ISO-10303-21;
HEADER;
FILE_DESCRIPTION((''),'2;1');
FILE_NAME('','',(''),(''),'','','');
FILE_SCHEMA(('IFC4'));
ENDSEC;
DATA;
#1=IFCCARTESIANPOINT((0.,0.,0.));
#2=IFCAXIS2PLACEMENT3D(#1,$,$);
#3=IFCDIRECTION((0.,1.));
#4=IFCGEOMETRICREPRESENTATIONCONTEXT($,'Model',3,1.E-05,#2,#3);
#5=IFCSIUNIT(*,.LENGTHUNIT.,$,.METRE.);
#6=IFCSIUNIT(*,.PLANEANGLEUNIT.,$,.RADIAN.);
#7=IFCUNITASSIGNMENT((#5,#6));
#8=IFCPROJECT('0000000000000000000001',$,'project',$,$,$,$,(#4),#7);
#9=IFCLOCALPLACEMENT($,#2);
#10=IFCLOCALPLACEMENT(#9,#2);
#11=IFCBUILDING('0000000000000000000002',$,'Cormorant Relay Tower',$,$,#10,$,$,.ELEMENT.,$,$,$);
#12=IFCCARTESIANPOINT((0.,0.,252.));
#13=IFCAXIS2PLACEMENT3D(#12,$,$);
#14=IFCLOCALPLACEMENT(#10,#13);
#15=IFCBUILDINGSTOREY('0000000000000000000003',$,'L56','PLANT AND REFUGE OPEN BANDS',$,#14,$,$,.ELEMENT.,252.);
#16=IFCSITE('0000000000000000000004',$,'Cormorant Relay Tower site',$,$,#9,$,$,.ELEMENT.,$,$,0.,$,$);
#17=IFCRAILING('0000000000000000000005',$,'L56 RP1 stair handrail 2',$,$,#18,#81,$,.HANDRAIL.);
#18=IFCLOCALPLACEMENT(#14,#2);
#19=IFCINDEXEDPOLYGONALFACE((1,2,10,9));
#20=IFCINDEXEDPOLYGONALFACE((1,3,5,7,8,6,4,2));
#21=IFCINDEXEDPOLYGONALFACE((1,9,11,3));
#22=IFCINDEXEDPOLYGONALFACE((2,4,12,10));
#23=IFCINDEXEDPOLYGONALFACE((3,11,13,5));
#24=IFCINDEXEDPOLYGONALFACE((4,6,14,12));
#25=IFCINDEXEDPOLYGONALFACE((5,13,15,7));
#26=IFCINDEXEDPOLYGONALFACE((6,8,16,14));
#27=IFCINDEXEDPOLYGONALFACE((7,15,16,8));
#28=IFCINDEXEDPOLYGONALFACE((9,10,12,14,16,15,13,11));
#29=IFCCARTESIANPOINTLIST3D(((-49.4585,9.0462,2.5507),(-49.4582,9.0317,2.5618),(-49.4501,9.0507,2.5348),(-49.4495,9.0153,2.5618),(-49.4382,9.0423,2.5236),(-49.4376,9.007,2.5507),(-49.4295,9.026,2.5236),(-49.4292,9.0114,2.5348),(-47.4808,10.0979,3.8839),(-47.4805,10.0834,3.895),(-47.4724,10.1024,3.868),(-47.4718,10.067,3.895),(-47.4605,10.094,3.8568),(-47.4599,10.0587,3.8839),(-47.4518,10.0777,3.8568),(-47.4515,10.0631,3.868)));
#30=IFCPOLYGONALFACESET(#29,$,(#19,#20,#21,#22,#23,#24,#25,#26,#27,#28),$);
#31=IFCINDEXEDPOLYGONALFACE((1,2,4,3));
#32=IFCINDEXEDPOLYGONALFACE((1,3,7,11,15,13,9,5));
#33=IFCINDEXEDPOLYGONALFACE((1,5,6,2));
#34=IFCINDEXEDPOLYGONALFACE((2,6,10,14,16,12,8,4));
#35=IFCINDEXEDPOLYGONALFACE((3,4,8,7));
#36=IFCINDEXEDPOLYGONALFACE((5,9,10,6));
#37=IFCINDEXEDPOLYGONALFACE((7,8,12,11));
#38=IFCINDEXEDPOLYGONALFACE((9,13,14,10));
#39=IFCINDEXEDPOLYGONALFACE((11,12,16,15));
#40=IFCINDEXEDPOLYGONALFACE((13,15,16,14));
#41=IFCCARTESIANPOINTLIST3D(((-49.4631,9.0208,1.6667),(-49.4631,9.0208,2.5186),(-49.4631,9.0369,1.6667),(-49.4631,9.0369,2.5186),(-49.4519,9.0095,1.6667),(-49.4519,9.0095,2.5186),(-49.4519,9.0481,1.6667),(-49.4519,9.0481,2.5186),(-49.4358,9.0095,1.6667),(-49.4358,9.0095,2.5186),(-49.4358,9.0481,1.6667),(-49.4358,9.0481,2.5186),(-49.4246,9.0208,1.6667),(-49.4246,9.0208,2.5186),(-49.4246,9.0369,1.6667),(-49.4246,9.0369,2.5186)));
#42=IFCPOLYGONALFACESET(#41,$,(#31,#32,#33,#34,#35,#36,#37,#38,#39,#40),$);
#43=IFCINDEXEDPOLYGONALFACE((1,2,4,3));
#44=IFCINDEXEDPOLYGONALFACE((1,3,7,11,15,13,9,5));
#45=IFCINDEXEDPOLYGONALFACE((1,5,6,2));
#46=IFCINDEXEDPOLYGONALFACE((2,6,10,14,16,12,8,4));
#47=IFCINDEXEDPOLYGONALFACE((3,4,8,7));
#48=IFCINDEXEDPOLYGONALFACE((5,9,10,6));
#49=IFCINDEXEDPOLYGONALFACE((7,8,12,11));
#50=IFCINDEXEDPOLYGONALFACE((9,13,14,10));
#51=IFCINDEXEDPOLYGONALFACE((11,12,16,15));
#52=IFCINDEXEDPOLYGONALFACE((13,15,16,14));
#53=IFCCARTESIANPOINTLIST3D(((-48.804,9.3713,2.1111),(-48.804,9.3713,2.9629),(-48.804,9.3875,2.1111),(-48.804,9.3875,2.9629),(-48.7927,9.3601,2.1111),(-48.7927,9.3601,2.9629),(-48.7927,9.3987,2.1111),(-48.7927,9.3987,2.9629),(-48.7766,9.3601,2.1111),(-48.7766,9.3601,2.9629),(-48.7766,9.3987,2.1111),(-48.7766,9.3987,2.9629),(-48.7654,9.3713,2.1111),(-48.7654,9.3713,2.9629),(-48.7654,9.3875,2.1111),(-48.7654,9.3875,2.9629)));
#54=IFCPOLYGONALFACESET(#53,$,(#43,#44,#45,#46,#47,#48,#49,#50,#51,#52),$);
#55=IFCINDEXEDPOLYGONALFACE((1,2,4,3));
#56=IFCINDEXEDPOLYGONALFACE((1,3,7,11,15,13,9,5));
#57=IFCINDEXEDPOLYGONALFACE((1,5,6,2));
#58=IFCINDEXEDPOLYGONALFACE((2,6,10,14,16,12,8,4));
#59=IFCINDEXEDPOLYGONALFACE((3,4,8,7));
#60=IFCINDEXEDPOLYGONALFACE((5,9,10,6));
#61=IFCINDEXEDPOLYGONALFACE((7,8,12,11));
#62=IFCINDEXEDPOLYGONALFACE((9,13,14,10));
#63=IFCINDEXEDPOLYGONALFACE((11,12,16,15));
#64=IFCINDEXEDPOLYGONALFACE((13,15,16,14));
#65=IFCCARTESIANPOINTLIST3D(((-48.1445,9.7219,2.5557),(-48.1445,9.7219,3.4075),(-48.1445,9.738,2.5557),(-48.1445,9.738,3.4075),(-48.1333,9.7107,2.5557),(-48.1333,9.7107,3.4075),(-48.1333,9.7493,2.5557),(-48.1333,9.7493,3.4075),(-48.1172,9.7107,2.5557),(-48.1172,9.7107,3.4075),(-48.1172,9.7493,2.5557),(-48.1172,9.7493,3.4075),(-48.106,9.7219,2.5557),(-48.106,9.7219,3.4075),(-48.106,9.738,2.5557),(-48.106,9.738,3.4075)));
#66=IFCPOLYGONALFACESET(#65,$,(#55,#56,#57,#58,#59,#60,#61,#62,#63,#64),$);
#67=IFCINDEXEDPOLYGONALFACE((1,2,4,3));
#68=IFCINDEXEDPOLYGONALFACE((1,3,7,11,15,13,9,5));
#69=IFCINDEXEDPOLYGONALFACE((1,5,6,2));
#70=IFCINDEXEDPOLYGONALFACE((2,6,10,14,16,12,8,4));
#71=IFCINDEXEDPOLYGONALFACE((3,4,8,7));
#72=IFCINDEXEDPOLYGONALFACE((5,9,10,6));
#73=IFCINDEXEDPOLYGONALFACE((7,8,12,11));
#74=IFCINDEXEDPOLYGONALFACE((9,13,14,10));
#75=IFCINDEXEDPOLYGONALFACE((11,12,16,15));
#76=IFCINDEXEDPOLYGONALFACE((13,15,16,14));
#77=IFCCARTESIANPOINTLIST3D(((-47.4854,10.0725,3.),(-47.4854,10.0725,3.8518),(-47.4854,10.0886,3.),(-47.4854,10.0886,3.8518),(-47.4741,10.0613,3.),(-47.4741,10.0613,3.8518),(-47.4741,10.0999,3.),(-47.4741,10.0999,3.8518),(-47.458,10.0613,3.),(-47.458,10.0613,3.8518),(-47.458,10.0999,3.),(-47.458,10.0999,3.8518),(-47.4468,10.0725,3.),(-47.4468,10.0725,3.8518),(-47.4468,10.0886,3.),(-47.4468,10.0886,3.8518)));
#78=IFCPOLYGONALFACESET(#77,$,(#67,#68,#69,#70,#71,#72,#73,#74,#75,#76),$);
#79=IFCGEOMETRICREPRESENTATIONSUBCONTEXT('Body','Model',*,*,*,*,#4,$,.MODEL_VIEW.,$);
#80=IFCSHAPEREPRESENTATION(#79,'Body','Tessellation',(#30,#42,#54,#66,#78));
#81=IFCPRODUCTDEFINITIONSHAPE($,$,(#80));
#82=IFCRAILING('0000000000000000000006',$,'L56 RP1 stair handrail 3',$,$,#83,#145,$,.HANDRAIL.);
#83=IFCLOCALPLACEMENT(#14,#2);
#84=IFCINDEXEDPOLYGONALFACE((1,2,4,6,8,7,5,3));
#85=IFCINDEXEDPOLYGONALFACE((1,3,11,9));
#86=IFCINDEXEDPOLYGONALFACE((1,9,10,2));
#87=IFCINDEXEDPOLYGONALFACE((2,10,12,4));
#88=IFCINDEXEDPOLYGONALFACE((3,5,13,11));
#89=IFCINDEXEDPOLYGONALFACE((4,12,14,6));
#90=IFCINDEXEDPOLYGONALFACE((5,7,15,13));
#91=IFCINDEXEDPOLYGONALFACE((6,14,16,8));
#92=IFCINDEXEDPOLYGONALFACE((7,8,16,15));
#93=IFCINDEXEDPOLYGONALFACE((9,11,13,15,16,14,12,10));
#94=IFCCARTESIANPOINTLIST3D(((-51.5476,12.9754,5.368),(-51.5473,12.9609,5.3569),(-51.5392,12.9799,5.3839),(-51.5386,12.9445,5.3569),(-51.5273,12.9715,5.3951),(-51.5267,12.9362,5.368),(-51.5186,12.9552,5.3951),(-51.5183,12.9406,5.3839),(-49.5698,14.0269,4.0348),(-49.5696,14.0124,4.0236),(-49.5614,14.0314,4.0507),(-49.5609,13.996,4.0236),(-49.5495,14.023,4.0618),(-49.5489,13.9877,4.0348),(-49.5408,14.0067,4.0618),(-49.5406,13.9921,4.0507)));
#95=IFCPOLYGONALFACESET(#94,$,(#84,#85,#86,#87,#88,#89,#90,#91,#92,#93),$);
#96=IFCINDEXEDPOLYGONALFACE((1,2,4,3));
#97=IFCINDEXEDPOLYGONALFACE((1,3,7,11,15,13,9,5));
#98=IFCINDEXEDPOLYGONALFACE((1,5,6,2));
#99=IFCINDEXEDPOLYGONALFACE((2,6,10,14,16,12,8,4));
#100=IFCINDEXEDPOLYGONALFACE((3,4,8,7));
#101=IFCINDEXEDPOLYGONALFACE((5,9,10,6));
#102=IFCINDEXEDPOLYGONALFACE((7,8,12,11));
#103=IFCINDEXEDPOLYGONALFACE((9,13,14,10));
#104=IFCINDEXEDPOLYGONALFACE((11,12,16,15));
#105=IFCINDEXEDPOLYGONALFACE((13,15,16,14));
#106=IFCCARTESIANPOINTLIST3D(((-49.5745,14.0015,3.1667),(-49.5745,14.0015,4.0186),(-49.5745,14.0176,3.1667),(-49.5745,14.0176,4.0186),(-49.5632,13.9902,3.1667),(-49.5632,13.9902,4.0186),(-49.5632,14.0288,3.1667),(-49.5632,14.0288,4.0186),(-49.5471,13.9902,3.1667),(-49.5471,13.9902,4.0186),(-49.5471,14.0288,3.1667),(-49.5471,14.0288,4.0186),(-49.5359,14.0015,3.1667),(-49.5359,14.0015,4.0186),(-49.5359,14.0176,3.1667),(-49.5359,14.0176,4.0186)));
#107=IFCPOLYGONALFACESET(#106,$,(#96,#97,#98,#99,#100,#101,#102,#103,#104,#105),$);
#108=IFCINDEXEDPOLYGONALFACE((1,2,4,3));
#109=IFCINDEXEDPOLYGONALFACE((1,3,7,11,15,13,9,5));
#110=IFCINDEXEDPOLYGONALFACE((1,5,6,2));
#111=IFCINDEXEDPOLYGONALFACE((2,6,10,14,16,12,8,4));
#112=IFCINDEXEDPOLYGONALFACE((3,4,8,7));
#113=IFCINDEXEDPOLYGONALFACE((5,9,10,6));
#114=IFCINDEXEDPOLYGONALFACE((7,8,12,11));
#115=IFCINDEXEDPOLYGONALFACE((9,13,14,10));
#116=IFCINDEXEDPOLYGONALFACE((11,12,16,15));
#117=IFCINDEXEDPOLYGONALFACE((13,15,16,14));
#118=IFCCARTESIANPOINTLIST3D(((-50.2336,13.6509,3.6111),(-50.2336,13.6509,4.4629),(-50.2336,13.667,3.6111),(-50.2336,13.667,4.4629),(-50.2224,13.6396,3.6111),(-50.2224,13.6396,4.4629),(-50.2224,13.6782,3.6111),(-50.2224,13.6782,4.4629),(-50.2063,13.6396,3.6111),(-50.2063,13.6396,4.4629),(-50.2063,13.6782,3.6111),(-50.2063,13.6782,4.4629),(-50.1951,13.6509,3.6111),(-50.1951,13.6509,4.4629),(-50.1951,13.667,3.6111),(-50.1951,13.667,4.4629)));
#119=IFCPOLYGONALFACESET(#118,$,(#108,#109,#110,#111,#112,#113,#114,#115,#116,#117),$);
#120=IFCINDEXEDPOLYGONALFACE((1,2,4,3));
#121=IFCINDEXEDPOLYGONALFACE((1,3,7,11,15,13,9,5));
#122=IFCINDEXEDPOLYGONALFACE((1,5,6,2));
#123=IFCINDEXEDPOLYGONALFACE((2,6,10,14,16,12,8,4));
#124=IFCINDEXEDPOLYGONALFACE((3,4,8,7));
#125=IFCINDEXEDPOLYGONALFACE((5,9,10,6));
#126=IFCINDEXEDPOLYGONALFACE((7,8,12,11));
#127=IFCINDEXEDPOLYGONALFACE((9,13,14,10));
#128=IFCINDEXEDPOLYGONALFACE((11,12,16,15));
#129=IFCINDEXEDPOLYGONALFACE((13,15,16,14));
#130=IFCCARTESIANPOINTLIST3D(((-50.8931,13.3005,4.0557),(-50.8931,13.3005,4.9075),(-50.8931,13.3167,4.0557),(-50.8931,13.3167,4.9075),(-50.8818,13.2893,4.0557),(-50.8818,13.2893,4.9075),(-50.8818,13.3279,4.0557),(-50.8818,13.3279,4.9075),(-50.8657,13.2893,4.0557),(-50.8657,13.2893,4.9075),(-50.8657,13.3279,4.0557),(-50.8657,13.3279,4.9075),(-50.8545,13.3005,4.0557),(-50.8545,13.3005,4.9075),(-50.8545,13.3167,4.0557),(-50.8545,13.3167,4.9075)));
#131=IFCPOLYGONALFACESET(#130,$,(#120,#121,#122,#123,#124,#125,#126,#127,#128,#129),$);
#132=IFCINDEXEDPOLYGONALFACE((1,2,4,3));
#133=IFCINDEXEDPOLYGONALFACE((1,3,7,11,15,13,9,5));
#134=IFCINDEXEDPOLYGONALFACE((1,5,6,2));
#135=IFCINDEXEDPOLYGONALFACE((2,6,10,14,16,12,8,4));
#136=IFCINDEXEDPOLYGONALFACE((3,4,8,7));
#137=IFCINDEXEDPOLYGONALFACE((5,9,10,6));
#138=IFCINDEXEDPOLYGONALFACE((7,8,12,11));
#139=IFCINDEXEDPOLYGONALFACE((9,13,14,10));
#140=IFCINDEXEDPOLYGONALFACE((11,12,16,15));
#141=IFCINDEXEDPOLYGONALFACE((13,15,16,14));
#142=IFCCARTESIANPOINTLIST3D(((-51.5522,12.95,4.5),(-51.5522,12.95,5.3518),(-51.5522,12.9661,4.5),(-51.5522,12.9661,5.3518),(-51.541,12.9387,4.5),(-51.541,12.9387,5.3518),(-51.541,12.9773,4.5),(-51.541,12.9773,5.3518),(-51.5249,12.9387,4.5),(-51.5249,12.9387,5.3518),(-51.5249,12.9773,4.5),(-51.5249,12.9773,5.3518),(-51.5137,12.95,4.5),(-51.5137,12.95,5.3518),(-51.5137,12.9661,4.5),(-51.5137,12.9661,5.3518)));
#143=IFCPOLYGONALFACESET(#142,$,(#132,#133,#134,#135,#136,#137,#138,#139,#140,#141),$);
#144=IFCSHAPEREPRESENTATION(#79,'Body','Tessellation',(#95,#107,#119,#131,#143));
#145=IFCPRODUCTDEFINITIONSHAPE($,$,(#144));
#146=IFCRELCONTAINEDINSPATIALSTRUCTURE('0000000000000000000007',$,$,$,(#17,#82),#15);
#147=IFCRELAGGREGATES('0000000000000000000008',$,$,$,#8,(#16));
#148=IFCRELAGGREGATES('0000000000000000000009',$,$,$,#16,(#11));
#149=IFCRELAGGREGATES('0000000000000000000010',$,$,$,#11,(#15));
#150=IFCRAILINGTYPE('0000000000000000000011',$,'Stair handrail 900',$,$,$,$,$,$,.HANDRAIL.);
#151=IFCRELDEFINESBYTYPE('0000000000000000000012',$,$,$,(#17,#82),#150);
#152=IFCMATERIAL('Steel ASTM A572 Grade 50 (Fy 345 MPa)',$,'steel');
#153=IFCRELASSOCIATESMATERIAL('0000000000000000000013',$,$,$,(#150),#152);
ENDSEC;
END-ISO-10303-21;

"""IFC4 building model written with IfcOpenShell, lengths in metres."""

from ifc_helpers import new_model, si_unit, direction, frame, origin, place, context, subcontext, project, spatial, polyline, outline, extrude, material, type_object, element, save


model = new_model("IFC4")

# Units and contexts
model_context = context("Model", 3, precision=1e-05, world=origin(), true_north=direction((0.0, 1.0)))
body_context = subcontext(model_context, "Body", "Model", "MODEL_VIEW")
ifc_project = project(units=[si_unit("LENGTHUNIT", "METRE"), si_unit("PLANEANGLEUNIT", "RADIAN")], contexts=[model_context])

# Site, building, storey
site_placement = place(None, origin())
site = spatial("IfcSite", under=ifc_project, at=site_placement, Name="Cormorant Relay Tower site", CompositionType="ELEMENT", RefElevation=0.0)
building_placement = place(site_placement, origin())
building = spatial("IfcBuilding", under=site, at=building_placement, Name="Cormorant Relay Tower", CompositionType="ELEMENT")
storey_placement = place(building_placement, frame((0.0, 0.0, 252.0)))
storey = spatial("IfcBuildingStorey", under=building, at=storey_placement, Name="L56", Description="PLANT AND REFUGE OPEN BANDS", CompositionType="ELEMENT", Elevation=252.0)

# Railings
ifc_material_1 = material(Name="Steel ASTM A572 Grade 50 (Fy 345 MPa)", Category="steel")
railing_type_1 = type_object("IfcRailingType", Name="Stair handrail 900", PredefinedType="HANDRAIL", material=ifc_material_1)
railing_1_placement = place(storey_placement, frame((-49.4438, 9.0288, 1.6667)))
element("IfcRailing", 1, at=railing_1_placement, inside=storey, type_object=railing_type_1, Name="L56 RP1 stair handrail 2", PredefinedType="HANDRAIL", context=body_context, shape_type="SweptSolid", body=[
    extrude(outline(polyline([(0.0222, 0.0093), (0.0093, 0.0222), (-0.0093, 0.0222), (-0.0222, 0.0093), (-0.0222, -0.0093), (-0.0093, -0.0222), (0.0093, -0.0222), (0.0222, -0.0093), (0.0222, 0.0093)])), frame((0.0, 0.0, 0.876), z_axis=(0.758703, 0.403468, 0.511452), x_axis=(-0.469524, 0.882919, 0.0)), (0.0, 0.0, 1.0), 2.6067),
    extrude(outline(polyline([(0.0193, 0.0081), (0.0081, 0.0193), (-0.0081, 0.0193), (-0.0193, 0.0081), (-0.0193, -0.0081), (-0.0081, -0.0193), (0.0081, -0.0193), (0.0193, -0.0081), (0.0193, 0.0081)])), origin(), (0.0, 0.0, 1.0), 0.8518),
    extrude(outline(polyline([(0.0193, 0.0081), (0.0081, 0.0193), (-0.0081, 0.0193), (-0.0193, 0.0081), (-0.0193, -0.0081), (-0.0081, -0.0193), (0.0081, -0.0193), (0.0193, -0.0081), (0.0193, 0.0081)])), frame((0.6592, 0.3506, 0.4443)), (0.0, 0.0, 1.0), 0.8518),
    extrude(outline(polyline([(0.0193, 0.0081), (0.0081, 0.0193), (-0.0081, 0.0193), (-0.0193, 0.0081), (-0.0193, -0.0081), (-0.0081, -0.0193), (0.0081, -0.0193), (0.0193, -0.0081), (0.0193, 0.0081)])), frame((1.3186, 0.7012, 0.8889)), (0.0, 0.0, 1.0), 0.8518),
    extrude(outline(polyline([(0.0193, 0.0081), (0.0081, 0.0193), (-0.0081, 0.0193), (-0.0193, 0.0081), (-0.0193, -0.0081), (-0.0081, -0.0193), (0.0081, -0.0193), (0.0193, -0.0081), (0.0193, 0.0081)])), frame((1.9778, 1.0518, 1.3333)), (0.0, 0.0, 1.0), 0.8518),
])
railing_2_placement = place(storey_placement, frame((-49.5552, 14.0095, 3.1667)))
element("IfcRailing", 2, at=railing_2_placement, inside=storey, type_object=railing_type_1, Name="L56 RP1 stair handrail 3", PredefinedType="HANDRAIL", context=body_context, shape_type="SweptSolid", body=[
    extrude(outline(polyline([(0.0222, 0.0093), (0.0093, 0.0222), (-0.0093, 0.0222), (-0.0222, 0.0093), (-0.0222, -0.0093), (-0.0093, -0.0222), (0.0093, -0.0222), (0.0222, -0.0093), (0.0222, 0.0093)])), frame((0.0, 0.0, 0.876), z_axis=(-0.758732, -0.403389, 0.511472), x_axis=(0.469439, -0.882965, 0.0)), (0.0, 0.0, 1.0), 2.6067),
    extrude(outline(polyline([(0.0193, 0.0081), (0.0081, 0.0193), (-0.0081, 0.0193), (-0.0193, 0.0081), (-0.0193, -0.0081), (-0.0081, -0.0193), (0.0081, -0.0193), (0.0193, -0.0081), (0.0193, 0.0081)])), origin(), (0.0, 0.0, 1.0), 0.8518),
    extrude(outline(polyline([(0.0193, 0.0081), (0.0081, 0.0193), (-0.0081, 0.0193), (-0.0193, 0.0081), (-0.0193, -0.0081), (-0.0081, -0.0193), (0.0081, -0.0193), (0.0193, -0.0081), (0.0193, 0.0081)])), frame((-0.6592, -0.3506, 0.4443)), (0.0, 0.0, 1.0), 0.8518),
    extrude(outline(polyline([(0.0193, 0.0081), (0.0081, 0.0193), (-0.0081, 0.0193), (-0.0193, 0.0081), (-0.0193, -0.0081), (-0.0081, -0.0193), (0.0081, -0.0193), (0.0193, -0.0081), (0.0193, 0.0081)])), frame((-1.3186, -0.7009, 0.8889)), (0.0, 0.0, 1.0), 0.8518),
    extrude(outline(polyline([(0.0193, 0.0081), (0.0081, 0.0193), (-0.0081, 0.0193), (-0.0193, 0.0081), (-0.0193, -0.0081), (-0.0081, -0.0193), (0.0081, -0.0193), (0.0193, -0.0081), (0.0193, 0.0081)])), frame((-1.9778, -1.0515, 1.3333)), (0.0, 0.0, 1.0), 0.8518),
])

save(model, "model.ifc")
